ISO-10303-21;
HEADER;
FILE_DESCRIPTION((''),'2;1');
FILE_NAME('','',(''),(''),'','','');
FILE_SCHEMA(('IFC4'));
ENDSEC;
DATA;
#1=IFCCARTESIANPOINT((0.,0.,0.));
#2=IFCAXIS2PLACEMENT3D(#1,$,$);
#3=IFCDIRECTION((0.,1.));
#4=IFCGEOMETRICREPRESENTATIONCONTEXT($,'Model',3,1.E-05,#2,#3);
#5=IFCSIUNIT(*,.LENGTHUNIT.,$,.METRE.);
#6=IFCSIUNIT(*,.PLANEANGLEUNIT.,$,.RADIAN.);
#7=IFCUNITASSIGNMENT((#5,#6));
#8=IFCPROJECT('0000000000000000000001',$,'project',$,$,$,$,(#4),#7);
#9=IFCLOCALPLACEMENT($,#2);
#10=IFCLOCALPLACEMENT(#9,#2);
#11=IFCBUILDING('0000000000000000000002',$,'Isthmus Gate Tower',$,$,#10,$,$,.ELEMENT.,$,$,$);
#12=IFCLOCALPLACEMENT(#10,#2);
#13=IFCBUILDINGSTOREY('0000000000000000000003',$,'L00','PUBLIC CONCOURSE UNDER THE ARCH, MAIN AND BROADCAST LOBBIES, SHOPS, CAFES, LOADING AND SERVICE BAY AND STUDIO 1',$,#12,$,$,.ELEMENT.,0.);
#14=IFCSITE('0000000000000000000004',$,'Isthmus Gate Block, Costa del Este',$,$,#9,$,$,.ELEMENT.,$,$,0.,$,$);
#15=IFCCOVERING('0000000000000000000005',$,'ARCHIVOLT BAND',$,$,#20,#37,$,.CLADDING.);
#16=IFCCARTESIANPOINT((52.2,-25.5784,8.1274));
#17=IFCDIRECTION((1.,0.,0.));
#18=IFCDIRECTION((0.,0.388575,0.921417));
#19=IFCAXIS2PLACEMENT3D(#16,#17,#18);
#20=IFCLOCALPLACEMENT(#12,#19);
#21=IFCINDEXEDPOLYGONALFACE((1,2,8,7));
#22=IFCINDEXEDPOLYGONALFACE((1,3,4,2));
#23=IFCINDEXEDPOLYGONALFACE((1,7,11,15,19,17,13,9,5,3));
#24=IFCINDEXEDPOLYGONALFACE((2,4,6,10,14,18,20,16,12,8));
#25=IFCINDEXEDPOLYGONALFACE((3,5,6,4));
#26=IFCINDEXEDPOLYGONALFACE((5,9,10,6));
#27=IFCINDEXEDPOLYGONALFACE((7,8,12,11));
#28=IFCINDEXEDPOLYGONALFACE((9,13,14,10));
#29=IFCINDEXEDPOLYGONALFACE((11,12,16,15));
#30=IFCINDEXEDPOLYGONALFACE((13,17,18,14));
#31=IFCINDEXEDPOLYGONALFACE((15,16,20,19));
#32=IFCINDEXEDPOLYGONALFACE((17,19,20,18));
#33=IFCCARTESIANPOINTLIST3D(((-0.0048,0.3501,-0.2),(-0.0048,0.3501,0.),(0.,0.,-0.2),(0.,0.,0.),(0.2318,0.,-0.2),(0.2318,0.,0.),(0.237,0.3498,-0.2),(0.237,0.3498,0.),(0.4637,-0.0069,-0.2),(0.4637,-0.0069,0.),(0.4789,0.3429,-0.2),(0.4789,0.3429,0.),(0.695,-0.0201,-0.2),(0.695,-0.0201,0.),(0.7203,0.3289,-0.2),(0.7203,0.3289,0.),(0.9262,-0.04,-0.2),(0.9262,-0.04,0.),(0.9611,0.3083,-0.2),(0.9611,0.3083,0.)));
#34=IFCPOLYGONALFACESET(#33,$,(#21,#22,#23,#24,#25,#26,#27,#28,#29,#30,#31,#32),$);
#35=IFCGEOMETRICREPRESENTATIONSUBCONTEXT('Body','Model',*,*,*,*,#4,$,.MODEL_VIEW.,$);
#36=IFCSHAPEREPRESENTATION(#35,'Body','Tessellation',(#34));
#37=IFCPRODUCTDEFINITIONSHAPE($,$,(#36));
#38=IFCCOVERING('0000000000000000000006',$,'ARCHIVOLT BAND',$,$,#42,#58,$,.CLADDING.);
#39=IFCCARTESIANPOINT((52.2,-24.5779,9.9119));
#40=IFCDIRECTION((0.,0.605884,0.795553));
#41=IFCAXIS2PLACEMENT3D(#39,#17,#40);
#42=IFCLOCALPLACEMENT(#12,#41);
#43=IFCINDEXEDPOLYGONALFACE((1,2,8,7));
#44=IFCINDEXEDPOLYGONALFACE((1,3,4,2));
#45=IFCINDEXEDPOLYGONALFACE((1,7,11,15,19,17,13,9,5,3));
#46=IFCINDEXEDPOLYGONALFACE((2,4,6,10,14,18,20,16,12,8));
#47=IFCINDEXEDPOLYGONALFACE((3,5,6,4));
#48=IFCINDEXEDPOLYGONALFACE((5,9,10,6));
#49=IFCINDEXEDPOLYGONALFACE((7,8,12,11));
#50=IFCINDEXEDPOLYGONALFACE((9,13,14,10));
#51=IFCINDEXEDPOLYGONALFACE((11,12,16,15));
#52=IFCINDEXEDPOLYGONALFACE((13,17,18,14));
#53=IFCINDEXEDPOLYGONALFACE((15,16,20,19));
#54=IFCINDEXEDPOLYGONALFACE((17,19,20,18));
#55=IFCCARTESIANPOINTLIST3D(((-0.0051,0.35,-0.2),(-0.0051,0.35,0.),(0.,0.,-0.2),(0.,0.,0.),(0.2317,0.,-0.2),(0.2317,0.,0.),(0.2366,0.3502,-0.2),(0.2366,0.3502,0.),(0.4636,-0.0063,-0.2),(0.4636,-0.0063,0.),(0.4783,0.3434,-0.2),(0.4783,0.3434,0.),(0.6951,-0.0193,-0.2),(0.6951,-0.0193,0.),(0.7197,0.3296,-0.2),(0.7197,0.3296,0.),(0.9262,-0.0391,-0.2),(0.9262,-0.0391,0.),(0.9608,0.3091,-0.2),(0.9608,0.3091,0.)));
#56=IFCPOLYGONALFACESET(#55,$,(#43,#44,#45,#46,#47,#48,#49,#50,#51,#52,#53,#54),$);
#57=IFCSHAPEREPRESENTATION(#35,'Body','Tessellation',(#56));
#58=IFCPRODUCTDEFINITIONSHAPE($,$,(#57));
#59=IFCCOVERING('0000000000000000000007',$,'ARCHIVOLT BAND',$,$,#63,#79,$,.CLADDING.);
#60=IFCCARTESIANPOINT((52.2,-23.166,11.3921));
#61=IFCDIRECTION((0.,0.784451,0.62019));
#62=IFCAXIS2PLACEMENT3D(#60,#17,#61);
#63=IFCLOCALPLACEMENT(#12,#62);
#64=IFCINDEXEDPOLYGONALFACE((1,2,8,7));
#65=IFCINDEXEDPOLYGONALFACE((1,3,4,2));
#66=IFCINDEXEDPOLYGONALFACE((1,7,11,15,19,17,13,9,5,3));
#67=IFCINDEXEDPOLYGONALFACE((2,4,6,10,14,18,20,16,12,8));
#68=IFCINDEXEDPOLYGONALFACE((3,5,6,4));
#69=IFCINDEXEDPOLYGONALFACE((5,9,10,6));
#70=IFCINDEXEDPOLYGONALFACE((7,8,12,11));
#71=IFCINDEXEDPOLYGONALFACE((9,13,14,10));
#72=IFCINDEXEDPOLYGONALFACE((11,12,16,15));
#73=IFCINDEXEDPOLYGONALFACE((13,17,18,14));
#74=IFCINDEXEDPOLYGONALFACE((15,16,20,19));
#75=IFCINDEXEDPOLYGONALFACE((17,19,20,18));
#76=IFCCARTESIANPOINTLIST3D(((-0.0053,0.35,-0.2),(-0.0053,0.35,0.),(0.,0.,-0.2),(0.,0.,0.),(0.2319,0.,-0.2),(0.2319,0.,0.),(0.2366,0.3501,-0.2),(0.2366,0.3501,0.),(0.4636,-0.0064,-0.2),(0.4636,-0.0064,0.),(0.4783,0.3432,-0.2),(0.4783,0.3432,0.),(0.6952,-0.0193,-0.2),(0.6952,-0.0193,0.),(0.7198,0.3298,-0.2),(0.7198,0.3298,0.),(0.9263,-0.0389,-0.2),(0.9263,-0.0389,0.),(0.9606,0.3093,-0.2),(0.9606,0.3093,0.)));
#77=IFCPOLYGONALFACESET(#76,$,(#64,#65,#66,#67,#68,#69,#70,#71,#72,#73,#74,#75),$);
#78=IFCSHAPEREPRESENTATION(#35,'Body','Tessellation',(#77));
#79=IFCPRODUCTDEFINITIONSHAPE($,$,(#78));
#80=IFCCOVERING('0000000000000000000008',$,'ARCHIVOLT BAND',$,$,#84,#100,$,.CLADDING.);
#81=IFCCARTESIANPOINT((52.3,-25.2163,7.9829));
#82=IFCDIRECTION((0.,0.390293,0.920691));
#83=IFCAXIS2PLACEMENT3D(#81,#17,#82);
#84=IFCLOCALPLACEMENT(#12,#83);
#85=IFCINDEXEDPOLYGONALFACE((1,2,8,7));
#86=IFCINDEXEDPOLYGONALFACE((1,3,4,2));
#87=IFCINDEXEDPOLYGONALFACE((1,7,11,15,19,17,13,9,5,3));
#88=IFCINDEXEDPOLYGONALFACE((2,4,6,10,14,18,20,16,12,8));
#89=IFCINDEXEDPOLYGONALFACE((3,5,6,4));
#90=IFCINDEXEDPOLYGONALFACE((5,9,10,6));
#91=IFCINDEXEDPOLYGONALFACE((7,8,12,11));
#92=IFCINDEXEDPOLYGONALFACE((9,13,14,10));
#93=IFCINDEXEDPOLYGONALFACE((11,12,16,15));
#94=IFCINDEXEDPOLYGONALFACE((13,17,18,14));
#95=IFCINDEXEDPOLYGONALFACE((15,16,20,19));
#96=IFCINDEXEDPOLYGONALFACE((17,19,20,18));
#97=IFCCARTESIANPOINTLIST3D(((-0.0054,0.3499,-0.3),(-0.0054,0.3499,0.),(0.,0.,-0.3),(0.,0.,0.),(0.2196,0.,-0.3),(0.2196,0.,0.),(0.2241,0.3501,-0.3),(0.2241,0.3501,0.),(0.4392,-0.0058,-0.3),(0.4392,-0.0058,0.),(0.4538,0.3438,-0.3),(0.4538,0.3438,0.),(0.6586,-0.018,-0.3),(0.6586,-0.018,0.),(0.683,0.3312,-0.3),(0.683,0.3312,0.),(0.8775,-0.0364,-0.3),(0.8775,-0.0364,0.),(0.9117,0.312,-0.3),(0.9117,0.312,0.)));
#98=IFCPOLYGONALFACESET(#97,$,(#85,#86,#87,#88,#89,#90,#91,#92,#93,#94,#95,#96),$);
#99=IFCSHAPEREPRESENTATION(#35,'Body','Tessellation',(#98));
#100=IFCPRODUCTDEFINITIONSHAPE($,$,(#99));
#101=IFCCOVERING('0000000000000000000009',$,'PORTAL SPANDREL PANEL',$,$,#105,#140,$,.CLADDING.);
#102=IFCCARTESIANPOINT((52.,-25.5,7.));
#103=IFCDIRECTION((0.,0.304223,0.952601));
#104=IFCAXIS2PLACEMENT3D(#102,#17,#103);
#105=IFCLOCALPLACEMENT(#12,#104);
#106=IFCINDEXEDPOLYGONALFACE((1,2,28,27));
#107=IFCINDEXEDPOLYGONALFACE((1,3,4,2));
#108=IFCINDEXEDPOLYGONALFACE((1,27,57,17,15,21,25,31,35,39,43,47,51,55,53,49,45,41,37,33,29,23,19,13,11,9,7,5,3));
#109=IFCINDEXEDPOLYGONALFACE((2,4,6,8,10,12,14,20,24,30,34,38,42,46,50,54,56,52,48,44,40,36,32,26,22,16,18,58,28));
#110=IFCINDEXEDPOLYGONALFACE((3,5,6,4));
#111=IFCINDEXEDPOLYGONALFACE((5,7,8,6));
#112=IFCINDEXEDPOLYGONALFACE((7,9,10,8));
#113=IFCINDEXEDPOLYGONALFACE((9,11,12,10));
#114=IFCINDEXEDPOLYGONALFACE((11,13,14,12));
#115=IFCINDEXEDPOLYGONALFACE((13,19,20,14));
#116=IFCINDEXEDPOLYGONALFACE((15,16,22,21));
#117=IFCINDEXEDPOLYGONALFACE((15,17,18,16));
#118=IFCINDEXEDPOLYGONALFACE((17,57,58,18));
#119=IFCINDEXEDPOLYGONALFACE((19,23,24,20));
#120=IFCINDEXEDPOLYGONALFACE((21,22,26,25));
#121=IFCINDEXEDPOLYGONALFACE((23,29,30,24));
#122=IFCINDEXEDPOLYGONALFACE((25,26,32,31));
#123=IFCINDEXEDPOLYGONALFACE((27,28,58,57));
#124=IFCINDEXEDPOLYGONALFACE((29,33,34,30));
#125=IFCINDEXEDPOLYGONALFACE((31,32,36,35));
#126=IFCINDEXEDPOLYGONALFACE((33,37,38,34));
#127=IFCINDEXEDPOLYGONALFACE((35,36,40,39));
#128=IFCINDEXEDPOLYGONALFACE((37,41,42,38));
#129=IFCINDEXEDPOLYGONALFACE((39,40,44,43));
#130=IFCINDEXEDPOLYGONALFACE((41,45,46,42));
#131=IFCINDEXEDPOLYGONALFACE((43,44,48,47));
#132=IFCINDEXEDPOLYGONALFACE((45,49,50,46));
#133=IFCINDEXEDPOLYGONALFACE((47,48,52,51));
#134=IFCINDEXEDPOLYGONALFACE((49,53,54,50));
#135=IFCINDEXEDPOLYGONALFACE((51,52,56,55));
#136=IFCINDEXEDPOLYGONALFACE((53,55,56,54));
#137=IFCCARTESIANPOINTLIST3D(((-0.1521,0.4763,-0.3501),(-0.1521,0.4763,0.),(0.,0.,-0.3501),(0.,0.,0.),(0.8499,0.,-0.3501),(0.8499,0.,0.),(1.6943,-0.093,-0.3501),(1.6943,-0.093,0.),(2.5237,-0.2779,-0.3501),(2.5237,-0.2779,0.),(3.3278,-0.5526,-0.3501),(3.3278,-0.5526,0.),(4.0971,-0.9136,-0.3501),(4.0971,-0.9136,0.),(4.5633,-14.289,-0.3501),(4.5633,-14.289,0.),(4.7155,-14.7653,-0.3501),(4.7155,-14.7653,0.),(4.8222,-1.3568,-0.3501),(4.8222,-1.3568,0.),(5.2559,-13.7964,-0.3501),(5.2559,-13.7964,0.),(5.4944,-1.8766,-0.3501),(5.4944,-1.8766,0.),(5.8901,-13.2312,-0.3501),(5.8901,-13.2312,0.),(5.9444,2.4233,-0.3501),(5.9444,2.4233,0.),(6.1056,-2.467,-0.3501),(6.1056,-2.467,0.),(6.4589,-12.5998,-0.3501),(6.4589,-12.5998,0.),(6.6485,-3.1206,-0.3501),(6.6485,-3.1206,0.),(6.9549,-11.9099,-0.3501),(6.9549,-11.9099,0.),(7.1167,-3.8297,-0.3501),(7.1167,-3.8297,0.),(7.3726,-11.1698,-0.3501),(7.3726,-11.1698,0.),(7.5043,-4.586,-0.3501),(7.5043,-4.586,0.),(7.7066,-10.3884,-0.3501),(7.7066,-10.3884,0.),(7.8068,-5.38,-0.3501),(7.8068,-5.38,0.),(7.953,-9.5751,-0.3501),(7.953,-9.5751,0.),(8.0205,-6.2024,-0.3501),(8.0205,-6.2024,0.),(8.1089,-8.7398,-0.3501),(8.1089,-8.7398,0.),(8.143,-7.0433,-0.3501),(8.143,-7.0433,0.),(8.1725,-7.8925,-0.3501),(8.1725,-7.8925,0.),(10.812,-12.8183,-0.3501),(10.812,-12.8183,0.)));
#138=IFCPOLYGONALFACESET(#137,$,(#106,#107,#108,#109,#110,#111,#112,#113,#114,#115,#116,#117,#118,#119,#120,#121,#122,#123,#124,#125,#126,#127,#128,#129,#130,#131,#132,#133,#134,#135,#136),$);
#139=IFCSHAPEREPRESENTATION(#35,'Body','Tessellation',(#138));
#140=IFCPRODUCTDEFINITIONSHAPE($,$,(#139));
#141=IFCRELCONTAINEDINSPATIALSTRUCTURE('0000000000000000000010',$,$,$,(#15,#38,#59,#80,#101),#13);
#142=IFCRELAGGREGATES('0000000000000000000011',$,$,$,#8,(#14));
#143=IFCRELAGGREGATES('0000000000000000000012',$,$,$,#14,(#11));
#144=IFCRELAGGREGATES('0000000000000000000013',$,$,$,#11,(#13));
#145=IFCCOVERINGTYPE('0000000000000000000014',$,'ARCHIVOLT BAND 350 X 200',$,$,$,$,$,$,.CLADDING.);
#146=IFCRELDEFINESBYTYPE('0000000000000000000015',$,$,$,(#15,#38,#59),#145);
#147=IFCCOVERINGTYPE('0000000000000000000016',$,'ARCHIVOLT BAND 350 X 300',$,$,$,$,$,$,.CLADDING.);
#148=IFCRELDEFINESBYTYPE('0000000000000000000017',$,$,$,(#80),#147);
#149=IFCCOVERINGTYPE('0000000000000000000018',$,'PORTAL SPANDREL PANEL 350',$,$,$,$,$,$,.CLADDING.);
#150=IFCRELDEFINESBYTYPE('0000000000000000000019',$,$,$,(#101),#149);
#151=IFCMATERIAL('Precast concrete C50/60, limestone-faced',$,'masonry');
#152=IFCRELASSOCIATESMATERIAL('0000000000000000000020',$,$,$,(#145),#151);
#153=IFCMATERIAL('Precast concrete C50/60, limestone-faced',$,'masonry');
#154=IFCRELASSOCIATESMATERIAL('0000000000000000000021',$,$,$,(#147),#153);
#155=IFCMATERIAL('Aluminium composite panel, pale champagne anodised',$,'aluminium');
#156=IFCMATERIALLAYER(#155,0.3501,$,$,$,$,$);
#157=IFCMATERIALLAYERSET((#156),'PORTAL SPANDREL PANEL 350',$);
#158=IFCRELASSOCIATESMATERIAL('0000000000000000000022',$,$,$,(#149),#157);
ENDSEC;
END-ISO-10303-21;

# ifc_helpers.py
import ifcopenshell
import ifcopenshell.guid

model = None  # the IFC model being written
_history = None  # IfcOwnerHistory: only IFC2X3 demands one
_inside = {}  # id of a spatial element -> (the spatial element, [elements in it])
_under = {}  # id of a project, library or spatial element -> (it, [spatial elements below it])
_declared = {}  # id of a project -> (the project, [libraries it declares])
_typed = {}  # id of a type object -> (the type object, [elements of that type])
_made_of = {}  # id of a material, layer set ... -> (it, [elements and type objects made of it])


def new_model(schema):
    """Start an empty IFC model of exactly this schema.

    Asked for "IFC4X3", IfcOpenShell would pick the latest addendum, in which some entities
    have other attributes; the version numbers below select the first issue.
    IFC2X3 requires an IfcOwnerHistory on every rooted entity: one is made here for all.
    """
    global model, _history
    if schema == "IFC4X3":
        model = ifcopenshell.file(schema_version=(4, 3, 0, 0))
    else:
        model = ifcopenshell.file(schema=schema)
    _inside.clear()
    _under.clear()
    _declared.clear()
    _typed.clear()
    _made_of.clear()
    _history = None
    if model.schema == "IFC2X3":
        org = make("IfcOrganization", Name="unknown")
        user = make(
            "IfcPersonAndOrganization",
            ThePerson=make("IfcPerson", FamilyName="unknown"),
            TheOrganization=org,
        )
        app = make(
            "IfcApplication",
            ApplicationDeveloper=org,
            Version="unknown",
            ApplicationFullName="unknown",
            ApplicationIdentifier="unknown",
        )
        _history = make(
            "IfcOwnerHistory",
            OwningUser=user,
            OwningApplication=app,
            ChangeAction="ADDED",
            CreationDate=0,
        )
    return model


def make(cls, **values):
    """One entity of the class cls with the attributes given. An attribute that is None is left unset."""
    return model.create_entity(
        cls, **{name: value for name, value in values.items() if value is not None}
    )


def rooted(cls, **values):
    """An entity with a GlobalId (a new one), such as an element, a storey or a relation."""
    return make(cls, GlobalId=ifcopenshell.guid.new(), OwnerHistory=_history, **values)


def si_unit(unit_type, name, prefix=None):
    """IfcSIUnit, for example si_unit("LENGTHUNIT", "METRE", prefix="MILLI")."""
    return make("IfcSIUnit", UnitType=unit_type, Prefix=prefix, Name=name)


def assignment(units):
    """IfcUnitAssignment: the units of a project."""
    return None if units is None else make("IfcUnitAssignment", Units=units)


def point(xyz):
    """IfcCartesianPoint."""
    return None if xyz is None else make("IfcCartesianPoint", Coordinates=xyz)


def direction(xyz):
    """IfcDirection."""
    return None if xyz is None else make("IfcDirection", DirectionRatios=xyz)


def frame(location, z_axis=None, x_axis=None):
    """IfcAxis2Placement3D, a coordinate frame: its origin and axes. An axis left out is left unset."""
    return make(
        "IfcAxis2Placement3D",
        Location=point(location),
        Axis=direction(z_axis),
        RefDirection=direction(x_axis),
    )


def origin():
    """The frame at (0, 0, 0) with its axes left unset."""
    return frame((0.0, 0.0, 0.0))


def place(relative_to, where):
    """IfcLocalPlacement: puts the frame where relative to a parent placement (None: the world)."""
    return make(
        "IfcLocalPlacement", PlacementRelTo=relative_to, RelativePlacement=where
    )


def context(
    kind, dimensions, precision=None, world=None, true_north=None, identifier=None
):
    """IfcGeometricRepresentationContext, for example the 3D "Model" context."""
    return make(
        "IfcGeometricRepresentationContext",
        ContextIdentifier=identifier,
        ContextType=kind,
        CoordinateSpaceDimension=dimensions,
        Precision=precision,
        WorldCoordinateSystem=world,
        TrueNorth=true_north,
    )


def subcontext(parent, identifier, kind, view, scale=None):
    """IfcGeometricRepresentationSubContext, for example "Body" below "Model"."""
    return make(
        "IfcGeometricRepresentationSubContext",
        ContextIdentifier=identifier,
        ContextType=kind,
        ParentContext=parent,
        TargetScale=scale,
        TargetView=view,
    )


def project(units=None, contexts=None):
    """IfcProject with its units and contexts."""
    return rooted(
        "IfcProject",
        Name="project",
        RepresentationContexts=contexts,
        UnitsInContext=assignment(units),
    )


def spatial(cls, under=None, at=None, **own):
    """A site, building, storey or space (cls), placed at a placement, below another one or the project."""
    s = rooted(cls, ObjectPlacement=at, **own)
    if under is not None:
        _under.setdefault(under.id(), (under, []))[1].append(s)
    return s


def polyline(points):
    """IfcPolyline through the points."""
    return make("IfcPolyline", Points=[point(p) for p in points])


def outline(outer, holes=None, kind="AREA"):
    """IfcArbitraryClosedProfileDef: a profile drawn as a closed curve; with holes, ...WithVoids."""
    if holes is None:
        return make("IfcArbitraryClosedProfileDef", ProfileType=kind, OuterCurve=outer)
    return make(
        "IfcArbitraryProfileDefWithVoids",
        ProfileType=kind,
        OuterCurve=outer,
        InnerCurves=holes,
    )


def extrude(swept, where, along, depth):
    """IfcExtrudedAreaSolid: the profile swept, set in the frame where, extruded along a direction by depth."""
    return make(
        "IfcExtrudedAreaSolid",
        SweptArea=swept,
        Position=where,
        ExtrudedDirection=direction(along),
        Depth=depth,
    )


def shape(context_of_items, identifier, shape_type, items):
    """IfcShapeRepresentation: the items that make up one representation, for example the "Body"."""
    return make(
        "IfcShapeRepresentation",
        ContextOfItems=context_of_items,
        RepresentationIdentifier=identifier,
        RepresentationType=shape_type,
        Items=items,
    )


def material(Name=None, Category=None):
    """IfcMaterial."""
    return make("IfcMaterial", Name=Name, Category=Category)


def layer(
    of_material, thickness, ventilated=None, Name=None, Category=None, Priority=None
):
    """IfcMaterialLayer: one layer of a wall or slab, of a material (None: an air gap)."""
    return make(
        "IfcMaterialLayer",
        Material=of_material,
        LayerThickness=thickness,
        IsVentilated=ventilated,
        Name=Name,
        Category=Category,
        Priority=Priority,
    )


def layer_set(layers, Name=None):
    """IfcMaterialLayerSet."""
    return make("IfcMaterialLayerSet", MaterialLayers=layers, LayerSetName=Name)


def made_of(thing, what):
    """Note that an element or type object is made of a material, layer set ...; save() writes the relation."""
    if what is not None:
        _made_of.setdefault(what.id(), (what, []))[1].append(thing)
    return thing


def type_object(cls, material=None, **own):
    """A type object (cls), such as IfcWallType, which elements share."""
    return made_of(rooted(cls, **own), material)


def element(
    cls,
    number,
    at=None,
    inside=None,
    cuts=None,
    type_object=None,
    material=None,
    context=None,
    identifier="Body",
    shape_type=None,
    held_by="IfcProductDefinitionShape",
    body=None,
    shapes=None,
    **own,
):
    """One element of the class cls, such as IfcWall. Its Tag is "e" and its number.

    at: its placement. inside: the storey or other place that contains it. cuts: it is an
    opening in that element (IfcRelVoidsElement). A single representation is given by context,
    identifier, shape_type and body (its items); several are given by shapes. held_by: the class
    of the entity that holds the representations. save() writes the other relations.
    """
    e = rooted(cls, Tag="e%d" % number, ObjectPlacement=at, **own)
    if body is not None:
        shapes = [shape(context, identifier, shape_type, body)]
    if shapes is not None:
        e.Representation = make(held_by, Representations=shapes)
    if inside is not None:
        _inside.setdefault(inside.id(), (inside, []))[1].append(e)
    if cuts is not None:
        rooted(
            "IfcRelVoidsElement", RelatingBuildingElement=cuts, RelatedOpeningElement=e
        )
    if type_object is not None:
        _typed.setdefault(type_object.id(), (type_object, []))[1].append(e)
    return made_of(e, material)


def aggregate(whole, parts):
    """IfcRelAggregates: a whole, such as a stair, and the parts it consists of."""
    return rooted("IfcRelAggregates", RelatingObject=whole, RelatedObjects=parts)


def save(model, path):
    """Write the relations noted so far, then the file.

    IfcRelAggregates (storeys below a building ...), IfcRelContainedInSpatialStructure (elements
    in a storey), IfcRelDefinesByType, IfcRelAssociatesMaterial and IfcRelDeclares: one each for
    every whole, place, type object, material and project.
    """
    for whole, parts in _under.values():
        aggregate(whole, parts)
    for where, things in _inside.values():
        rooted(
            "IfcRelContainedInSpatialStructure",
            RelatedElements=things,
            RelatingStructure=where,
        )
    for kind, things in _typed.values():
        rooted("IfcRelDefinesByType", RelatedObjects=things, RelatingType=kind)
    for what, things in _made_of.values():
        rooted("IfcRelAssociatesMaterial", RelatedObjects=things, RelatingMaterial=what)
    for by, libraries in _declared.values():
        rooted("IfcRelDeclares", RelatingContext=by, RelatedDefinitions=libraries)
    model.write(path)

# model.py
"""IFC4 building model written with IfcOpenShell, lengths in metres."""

from ifc_helpers import new_model, si_unit, direction, frame, origin, place, context, subcontext, project, spatial, polyline, outline, extrude, material, layer, layer_set, type_object, element, save


model = new_model("IFC4")

# Units and contexts
model_context = context("Model", 3, precision=1e-05, world=origin(), true_north=direction((0.0, 1.0)))
body_context = subcontext(model_context, "Body", "Model", "MODEL_VIEW")
ifc_project = project(units=[si_unit("LENGTHUNIT", "METRE"), si_unit("PLANEANGLEUNIT", "RADIAN")], contexts=[model_context])

# Site, building, storey
site_placement = place(None, origin())
site = spatial("IfcSite", under=ifc_project, at=site_placement, Name="Isthmus Gate Block, Costa del Este", CompositionType="ELEMENT", RefElevation=0.0)
building_placement = place(site_placement, origin())
building = spatial("IfcBuilding", under=site, at=building_placement, Name="Isthmus Gate Tower", CompositionType="ELEMENT")
storey_placement = place(building_placement, origin())
storey = spatial("IfcBuildingStorey", under=building, at=storey_placement, Name="L00", Description="PUBLIC CONCOURSE UNDER THE ARCH, MAIN AND BROADCAST LOBBIES, SHOPS, CAFES, LOADING AND SERVICE BAY AND STUDIO 1", CompositionType="ELEMENT", Elevation=0.0)

# Coverings
ifc_material_1 = material(Name="Precast concrete C50/60, limestone-faced", Category="masonry")
covering_type_1 = type_object("IfcCoveringType", Name="ARCHIVOLT BAND 350 X 200", PredefinedType="CLADDING", material=ifc_material_1)
covering_1_placement = place(storey_placement, frame((52.2, -25.5784, 8.1274), z_axis=(1.0, 0.0, 0.0), x_axis=(0.0, 0.388575, 0.921417)))
element("IfcCovering", 1, at=covering_1_placement, inside=storey, type_object=covering_type_1, Name="ARCHIVOLT BAND", PredefinedType="CLADDING", context=body_context, shape_type="SweptSolid", body=[
    extrude(outline(polyline([(0.0, 0.0), (0.2318, 0.0), (0.4637, -0.0069), (0.695, -0.0201), (0.9262, -0.04), (0.9611, 0.3083), (0.7203, 0.3289), (0.4789, 0.3429), (0.237, 0.3498), (-0.0048, 0.3501), (0.0, 0.0)])), origin(), (0.0, 0.0, -1.0), 0.2),
])
covering_2_placement = place(storey_placement, frame((52.2, -24.5779, 9.9119), z_axis=(1.0, 0.0, 0.0), x_axis=(0.0, 0.605884, 0.795553)))
element("IfcCovering", 2, at=covering_2_placement, inside=storey, type_object=covering_type_1, Name="ARCHIVOLT BAND", PredefinedType="CLADDING", context=body_context, shape_type="SweptSolid", body=[
    extrude(outline(polyline([(0.0, 0.0), (0.2317, 0.0), (0.4636, -0.0063), (0.6951, -0.0193), (0.9262, -0.0391), (0.9608, 0.3091), (0.7197, 0.3296), (0.4783, 0.3434), (0.2366, 0.3502), (-0.0051, 0.35), (0.0, 0.0)])), origin(), (0.0, 0.0, -1.0), 0.2),
])
covering_3_placement = place(storey_placement, frame((52.2, -23.166, 11.3921), z_axis=(1.0, 0.0, 0.0), x_axis=(0.0, 0.784451, 0.62019)))
element("IfcCovering", 3, at=covering_3_placement, inside=storey, type_object=covering_type_1, Name="ARCHIVOLT BAND", PredefinedType="CLADDING", context=body_context, shape_type="SweptSolid", body=[
    extrude(outline(polyline([(0.0, 0.0), (0.2319, 0.0), (0.4636, -0.0064), (0.6952, -0.0193), (0.9263, -0.0389), (0.9606, 0.3093), (0.7198, 0.3298), (0.4783, 0.3432), (0.2366, 0.3501), (-0.0053, 0.35), (0.0, 0.0)])), origin(), (0.0, 0.0, -1.0), 0.2),
])
ifc_material_2 = material(Name="Precast concrete C50/60, limestone-faced", Category="masonry")
covering_type_2 = type_object("IfcCoveringType", Name="ARCHIVOLT BAND 350 X 300", PredefinedType="CLADDING", material=ifc_material_2)
covering_4_placement = place(storey_placement, frame((52.3, -25.2163, 7.9829), z_axis=(1.0, 0.0, 0.0), x_axis=(0.0, 0.390293, 0.920691)))
element("IfcCovering", 4, at=covering_4_placement, inside=storey, type_object=covering_type_2, Name="ARCHIVOLT BAND", PredefinedType="CLADDING", context=body_context, shape_type="SweptSolid", body=[
    extrude(outline(polyline([(0.0, 0.0), (0.2196, 0.0), (0.4392, -0.0058), (0.6586, -0.018), (0.8775, -0.0364), (0.9117, 0.312), (0.683, 0.3312), (0.4538, 0.3438), (0.2241, 0.3501), (-0.0054, 0.3499), (0.0, 0.0)])), origin(), (0.0, 0.0, -1.0), 0.3),
])
ifc_material_3 = material(Name="Aluminium composite panel, pale champagne anodised", Category="aluminium")
ifc_layer_1 = layer(ifc_material_3, 0.3501)
ifc_layer_set_1 = layer_set([ifc_layer_1], Name="PORTAL SPANDREL PANEL 350")
covering_type_3 = type_object("IfcCoveringType", Name="PORTAL SPANDREL PANEL 350", PredefinedType="CLADDING", material=ifc_layer_set_1)
covering_5_placement = place(storey_placement, frame((52.0, -25.5, 7.0), z_axis=(1.0, 0.0, 0.0), x_axis=(0.0, 0.304223, 0.952601)))
element("IfcCovering", 5, at=covering_5_placement, inside=storey, type_object=covering_type_3, Name="PORTAL SPANDREL PANEL", PredefinedType="CLADDING", context=body_context, shape_type="SweptSolid", body=[
    extrude(outline(polyline([(0.0, 0.0), (0.8499, 0.0), (1.6943, -0.093), (2.5237, -0.2779), (3.3278, -0.5526), (4.0971, -0.9136), (4.8222, -1.3568), (5.4944, -1.8766), (6.1056, -2.467), (6.6485, -3.1206), (7.1167, -3.8297), (7.5043, -4.586), (7.8068, -5.38), (8.0205, -6.2024), (8.143, -7.0433), (8.1725, -7.8925), (8.1089, -8.7398), (7.953, -9.5751), (7.7066, -10.3884), (7.3726, -11.1698), (6.9549, -11.9099), (6.4589, -12.5998), (5.8901, -13.2312), (5.2559, -13.7964), (4.5633, -14.289), (4.7155, -14.7653), (10.812, -12.8183), (5.9444, 2.4233), (-0.1521, 0.4763), (0.0, 0.0)])), origin(), (0.0, 0.0, -1.0), 0.3501),
])

save(model, "model.ifc")
